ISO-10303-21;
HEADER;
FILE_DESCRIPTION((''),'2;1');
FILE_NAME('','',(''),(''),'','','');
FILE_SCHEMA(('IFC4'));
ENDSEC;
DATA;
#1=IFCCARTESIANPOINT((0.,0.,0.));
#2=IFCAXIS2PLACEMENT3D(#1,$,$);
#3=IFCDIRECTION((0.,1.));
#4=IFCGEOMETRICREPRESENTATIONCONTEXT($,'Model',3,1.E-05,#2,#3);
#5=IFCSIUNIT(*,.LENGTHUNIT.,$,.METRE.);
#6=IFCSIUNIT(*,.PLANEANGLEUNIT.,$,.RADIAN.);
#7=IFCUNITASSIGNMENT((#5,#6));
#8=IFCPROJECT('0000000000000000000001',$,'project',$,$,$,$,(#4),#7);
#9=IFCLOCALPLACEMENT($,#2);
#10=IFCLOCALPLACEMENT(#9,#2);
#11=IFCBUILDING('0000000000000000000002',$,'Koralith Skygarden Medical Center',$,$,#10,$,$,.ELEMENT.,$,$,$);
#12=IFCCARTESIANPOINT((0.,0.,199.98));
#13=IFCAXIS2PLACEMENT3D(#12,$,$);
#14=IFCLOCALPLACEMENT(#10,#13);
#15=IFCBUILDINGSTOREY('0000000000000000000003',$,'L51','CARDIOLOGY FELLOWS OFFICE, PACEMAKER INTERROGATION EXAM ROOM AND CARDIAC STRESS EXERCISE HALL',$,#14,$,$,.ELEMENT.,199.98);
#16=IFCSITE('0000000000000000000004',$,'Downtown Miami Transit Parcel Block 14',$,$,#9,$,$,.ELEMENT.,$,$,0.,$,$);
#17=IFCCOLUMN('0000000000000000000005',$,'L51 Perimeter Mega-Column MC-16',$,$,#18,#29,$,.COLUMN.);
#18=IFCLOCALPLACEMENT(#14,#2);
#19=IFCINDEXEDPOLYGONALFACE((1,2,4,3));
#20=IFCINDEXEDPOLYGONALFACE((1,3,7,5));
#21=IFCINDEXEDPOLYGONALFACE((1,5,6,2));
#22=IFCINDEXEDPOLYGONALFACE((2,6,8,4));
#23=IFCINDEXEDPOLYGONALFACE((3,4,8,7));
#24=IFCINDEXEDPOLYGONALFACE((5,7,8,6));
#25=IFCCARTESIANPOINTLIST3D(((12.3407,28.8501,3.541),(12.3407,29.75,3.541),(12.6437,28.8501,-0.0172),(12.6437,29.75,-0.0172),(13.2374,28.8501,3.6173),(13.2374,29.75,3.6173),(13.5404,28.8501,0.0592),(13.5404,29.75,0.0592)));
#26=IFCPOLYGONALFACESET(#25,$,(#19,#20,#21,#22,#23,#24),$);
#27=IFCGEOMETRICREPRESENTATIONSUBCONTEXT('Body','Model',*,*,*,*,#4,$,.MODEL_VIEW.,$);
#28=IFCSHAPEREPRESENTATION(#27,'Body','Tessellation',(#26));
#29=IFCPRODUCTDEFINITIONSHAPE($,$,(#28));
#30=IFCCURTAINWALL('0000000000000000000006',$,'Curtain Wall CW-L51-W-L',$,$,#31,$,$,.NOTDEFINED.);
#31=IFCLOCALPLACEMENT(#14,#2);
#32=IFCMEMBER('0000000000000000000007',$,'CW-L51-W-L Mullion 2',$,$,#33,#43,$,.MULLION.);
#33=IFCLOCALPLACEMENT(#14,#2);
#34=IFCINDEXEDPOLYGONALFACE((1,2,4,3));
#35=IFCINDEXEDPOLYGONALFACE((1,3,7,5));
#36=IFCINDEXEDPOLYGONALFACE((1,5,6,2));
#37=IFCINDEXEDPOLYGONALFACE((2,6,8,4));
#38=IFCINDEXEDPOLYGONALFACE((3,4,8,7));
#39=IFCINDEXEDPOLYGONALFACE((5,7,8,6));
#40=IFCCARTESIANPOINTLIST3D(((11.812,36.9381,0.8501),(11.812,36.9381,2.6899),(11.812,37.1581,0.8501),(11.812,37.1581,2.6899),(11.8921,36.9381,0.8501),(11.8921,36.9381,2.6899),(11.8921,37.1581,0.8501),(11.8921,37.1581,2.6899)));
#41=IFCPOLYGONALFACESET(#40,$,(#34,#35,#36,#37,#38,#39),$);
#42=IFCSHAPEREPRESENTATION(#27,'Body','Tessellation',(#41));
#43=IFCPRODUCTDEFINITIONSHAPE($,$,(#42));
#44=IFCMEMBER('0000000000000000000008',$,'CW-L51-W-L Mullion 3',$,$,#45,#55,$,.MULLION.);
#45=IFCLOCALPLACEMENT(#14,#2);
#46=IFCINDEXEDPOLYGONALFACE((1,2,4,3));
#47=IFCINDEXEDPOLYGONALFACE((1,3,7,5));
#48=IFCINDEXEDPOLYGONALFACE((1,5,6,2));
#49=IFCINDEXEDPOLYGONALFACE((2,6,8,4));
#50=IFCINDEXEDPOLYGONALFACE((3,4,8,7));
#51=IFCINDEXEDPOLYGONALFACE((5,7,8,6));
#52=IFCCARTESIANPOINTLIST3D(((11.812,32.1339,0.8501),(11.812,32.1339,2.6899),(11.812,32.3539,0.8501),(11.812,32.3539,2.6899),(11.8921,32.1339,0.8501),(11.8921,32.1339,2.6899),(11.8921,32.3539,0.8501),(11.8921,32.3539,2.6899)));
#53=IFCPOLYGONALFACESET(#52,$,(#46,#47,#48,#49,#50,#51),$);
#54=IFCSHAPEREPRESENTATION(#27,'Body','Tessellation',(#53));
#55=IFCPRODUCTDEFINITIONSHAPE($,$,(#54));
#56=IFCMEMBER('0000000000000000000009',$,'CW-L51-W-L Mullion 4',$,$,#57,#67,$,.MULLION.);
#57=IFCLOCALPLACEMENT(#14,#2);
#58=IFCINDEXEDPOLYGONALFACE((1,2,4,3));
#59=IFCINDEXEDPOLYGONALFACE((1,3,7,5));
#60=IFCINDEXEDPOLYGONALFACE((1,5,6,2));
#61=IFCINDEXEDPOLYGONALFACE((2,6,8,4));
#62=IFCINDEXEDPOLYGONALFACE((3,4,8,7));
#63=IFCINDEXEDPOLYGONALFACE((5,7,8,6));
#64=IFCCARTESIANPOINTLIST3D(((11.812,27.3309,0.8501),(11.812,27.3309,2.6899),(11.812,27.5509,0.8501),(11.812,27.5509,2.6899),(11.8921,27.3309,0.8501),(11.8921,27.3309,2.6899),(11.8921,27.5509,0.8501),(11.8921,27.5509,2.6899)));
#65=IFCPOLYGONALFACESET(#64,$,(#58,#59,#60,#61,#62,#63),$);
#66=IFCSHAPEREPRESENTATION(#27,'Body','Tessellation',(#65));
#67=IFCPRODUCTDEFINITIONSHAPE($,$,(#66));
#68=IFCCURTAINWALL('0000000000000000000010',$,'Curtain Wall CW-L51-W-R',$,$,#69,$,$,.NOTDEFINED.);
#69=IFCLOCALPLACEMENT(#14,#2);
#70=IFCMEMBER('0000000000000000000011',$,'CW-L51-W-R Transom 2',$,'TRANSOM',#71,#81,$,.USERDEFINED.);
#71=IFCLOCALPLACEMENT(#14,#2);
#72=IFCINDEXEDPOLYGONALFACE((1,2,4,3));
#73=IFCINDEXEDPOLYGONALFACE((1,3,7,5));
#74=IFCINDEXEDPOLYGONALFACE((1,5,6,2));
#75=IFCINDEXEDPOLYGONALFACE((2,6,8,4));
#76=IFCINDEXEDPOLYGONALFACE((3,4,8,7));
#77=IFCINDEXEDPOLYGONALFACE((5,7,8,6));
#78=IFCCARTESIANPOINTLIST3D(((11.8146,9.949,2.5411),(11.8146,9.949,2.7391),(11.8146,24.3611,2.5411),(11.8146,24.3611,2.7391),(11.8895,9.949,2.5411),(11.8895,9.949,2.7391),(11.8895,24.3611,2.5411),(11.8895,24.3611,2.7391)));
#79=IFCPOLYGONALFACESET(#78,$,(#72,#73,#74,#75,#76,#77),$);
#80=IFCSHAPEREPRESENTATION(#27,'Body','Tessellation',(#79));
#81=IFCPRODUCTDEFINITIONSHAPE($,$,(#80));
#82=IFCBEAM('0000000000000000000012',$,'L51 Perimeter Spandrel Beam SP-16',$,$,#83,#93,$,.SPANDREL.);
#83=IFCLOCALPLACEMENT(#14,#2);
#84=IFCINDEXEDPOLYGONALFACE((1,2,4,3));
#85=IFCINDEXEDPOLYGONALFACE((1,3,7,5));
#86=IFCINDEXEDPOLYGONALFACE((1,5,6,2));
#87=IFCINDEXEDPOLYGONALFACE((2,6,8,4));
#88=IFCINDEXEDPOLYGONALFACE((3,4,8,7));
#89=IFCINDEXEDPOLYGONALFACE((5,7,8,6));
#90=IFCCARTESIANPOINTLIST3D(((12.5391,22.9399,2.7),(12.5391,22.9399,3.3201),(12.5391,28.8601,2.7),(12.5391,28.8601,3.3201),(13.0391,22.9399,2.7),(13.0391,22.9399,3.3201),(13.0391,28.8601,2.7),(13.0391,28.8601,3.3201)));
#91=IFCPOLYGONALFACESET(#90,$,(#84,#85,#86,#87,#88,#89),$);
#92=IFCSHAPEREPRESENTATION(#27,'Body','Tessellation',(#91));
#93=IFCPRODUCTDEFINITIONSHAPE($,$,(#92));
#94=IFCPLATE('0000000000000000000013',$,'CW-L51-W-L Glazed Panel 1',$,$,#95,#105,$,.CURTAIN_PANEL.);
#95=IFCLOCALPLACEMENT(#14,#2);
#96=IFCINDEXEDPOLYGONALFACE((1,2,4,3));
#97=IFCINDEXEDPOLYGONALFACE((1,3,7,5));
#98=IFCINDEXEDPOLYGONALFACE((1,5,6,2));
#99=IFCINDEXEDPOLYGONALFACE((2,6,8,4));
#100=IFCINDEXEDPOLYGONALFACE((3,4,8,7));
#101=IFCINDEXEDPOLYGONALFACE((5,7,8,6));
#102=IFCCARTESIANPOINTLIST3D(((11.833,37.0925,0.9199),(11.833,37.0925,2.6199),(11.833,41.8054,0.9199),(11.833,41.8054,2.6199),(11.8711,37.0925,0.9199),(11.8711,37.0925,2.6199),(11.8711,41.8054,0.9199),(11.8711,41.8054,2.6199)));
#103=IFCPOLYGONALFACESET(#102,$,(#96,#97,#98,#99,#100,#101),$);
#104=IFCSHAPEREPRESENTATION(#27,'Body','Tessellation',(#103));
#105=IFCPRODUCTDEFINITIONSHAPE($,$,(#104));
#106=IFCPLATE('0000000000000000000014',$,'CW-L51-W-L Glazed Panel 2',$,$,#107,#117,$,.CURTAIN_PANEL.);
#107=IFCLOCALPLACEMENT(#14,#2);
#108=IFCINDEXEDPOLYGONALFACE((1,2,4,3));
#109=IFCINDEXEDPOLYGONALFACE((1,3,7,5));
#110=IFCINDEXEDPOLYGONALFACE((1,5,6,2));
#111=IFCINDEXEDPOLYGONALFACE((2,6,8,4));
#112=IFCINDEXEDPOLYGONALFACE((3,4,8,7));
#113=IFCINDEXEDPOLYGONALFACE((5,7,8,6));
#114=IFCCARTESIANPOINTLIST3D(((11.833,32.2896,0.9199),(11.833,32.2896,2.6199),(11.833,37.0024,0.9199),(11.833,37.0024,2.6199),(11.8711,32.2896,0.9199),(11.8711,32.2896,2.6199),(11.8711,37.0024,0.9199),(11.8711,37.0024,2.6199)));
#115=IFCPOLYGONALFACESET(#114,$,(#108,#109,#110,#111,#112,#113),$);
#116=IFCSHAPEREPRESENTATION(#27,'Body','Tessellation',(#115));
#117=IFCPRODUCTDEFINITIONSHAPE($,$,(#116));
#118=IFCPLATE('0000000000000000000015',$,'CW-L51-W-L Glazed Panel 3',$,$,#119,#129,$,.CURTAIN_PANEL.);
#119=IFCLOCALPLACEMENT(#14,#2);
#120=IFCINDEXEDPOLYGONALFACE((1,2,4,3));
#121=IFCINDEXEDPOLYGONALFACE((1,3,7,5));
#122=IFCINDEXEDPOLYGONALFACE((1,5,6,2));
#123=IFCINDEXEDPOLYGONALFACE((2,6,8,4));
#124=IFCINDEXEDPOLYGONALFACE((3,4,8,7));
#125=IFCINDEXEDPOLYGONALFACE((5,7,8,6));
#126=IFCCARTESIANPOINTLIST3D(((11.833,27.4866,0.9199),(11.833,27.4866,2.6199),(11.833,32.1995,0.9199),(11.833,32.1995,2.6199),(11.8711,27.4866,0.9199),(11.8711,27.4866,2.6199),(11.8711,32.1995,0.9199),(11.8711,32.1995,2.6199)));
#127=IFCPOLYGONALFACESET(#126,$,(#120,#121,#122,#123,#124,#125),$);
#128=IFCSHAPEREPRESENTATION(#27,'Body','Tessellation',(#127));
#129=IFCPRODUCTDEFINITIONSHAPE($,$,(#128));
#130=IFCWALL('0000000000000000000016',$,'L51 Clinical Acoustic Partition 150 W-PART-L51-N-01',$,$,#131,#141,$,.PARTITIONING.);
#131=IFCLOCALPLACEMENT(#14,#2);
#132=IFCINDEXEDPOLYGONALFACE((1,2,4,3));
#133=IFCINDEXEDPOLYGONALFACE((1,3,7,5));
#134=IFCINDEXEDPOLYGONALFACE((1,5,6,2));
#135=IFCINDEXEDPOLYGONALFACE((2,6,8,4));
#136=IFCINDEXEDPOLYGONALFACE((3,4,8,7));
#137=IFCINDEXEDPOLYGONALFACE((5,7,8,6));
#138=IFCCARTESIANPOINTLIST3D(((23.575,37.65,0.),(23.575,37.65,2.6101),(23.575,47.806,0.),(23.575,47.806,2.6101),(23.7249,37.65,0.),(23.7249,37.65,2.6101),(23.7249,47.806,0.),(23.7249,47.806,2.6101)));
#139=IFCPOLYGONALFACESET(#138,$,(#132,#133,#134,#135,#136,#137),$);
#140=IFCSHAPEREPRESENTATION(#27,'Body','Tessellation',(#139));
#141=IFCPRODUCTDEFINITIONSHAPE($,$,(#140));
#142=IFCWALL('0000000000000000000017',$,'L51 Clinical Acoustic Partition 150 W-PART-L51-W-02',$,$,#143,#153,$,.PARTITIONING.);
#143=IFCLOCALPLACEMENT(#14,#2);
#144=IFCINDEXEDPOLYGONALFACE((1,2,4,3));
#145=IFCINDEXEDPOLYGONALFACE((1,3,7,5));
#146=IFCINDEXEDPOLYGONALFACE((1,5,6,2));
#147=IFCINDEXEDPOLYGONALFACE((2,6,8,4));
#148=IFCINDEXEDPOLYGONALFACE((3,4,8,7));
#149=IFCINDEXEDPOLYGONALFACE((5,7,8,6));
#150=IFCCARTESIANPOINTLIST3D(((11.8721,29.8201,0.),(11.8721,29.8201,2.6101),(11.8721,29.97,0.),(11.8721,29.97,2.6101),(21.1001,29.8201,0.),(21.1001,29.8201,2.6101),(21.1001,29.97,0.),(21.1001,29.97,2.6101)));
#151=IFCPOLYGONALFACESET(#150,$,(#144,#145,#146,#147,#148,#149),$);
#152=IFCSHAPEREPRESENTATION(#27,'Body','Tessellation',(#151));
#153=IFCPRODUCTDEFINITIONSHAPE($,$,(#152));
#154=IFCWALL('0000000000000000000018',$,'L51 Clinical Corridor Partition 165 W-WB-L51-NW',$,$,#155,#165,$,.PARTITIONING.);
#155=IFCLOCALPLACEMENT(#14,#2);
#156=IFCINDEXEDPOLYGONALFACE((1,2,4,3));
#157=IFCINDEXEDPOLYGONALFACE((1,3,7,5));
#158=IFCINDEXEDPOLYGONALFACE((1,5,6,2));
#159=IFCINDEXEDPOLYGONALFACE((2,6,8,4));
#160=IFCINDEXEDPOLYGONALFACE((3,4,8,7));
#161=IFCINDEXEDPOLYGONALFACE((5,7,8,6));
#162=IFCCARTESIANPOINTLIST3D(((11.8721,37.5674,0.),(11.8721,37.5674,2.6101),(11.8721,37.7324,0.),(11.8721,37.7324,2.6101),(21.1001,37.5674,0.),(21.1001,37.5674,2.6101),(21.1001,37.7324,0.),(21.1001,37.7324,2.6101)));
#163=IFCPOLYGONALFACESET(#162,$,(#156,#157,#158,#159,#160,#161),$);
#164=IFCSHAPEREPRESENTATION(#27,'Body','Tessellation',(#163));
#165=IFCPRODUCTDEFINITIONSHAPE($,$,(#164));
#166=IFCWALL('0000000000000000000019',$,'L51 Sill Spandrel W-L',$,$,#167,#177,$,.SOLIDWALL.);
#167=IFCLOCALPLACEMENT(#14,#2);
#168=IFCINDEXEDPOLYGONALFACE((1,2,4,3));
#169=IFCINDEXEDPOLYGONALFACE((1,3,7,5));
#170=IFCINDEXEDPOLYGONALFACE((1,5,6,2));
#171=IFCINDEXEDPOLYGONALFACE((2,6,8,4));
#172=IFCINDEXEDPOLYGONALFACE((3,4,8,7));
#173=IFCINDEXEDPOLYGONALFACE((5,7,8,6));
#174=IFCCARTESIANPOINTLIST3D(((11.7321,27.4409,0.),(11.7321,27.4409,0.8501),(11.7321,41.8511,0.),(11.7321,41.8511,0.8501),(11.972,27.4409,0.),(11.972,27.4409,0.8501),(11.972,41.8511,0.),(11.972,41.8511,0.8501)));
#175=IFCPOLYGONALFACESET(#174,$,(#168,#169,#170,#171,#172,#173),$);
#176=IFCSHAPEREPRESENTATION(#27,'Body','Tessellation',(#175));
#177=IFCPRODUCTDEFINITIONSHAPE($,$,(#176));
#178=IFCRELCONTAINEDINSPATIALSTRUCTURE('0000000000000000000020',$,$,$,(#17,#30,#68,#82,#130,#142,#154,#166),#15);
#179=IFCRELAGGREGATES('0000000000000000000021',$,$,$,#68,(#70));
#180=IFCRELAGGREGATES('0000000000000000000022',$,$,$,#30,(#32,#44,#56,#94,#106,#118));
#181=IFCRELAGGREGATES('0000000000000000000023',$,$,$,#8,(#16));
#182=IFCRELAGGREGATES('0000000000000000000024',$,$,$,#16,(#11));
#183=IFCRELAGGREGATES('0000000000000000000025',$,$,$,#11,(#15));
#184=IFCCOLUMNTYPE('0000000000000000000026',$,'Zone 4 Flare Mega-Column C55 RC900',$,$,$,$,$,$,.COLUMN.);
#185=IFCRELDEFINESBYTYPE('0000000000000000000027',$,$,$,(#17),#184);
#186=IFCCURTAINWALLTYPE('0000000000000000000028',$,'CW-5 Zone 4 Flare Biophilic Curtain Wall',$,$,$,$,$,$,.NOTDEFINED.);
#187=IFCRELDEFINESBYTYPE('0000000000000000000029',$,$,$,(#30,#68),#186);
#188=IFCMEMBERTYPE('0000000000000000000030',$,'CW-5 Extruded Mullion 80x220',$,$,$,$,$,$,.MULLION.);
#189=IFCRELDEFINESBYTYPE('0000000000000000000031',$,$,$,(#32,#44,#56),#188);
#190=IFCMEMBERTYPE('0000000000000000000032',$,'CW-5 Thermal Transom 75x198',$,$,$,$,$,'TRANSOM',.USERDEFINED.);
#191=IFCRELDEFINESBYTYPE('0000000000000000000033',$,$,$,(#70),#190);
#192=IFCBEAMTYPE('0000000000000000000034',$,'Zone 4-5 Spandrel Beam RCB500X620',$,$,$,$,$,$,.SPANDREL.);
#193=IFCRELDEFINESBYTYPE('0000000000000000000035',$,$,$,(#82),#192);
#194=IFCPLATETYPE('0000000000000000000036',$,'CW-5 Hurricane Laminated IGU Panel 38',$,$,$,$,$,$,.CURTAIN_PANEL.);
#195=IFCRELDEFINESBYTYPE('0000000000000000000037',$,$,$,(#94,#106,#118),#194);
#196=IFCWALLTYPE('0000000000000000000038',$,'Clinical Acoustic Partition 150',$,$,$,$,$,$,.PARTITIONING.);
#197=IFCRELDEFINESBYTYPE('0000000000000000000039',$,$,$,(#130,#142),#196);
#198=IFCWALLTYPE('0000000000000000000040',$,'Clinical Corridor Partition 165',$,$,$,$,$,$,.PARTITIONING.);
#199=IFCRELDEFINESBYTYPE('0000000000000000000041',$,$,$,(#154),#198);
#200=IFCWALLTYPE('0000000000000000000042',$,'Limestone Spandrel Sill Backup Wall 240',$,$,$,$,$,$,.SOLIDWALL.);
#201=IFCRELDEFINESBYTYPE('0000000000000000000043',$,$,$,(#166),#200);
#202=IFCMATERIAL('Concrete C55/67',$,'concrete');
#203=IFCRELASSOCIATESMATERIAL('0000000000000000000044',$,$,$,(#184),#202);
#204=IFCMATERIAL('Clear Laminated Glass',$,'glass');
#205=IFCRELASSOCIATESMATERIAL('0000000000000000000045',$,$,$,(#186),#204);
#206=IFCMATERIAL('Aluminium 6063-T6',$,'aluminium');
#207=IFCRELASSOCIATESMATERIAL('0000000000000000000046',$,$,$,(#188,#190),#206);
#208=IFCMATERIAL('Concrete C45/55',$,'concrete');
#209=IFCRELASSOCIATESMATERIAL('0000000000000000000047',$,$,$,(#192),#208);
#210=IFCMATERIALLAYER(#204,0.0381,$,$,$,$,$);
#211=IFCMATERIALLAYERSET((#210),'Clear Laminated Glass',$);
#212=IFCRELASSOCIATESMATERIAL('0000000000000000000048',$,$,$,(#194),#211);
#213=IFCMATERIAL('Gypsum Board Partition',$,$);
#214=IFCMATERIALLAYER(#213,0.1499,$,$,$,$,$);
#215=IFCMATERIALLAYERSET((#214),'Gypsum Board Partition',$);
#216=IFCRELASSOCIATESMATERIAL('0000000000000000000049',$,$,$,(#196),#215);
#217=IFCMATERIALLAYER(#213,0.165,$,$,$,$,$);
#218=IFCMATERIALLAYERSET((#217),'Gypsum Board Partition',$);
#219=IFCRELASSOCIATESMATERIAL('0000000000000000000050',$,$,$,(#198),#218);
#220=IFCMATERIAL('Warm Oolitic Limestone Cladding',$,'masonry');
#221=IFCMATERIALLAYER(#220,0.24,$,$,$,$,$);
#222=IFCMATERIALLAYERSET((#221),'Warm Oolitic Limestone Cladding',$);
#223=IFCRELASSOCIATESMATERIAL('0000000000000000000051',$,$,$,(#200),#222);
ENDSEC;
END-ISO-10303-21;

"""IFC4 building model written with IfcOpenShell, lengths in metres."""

from ifc_helpers import new_model, si_unit, direction, frame, frame_2d, origin, origin_2d, place, context, subcontext, project, spatial, rectangle, extrude, material, layer, layer_set, material_profile, profile_set, type_object, element, aggregate, save


model = new_model("IFC4")

# Units and contexts
model_context = context("Model", 3, precision=1e-05, world=origin(), true_north=direction((0.0, 1.0)))
body_context = subcontext(model_context, "Body", "Model", "MODEL_VIEW")
ifc_project = project(units=[si_unit("LENGTHUNIT", "METRE"), si_unit("PLANEANGLEUNIT", "RADIAN")], contexts=[model_context])

# Site, building, storey
site_placement = place(None, origin())
site = spatial("IfcSite", under=ifc_project, at=site_placement, Name="Downtown Miami Transit Parcel Block 14", CompositionType="ELEMENT", RefElevation=0.0)
building_placement = place(site_placement, origin())
building = spatial("IfcBuilding", under=site, at=building_placement, Name="Koralith Skygarden Medical Center", CompositionType="ELEMENT")
storey_placement = place(building_placement, frame((0.0, 0.0, 199.98)))
storey = spatial("IfcBuildingStorey", under=building, at=storey_placement, Name="L51", Description="CARDIOLOGY FELLOWS OFFICE, PACEMAKER INTERROGATION EXAM ROOM AND CARDIAC STRESS EXERCISE HALL", CompositionType="ELEMENT", Elevation=199.98)

# Column
ifc_material_1 = material(Name="Concrete C55/67", Category="concrete")
ifc_material_profile_1 = material_profile(ifc_material_1, rectangle(XDim=0.8999, YDim=0.8999, at=origin_2d()), Name="RC900X900")
ifc_profile_set_1 = profile_set([ifc_material_profile_1], Name="Concrete C55/67")
column_type = type_object("IfcColumnType", Name="Zone 4 Flare Mega-Column C55 RC900", PredefinedType="COLUMN", material=ifc_profile_set_1)
column_placement = place(storey_placement, frame((13.092, 29.3, 0.021), z_axis=(-0.084845, 0.0, 0.996394), x_axis=(0.0, -1.0, 0.0)))
element("IfcColumn", 1, at=column_placement, inside=storey, type_object=column_type, Name="L51 Perimeter Mega-Column MC-16", PredefinedType="COLUMN", context=body_context, shape_type="SweptSolid", body=[
    extrude(rectangle(XDim=0.8999, YDim=0.8999, at=origin_2d()), origin(), (0.0, 0.0, 1.0), 3.571),
])

# Curtain wall, members
ifc_material_2 = material(Name="Clear Laminated Glass", Category="glass")
curtain_wall_type = type_object("IfcCurtainWallType", Name="CW-5 Zone 4 Flare Biophilic Curtain Wall", PredefinedType="NOTDEFINED", material=ifc_material_2)
curtain_wall_1_placement = place(storey_placement, origin())
curtain_wall_1 = element("IfcCurtainWall", 2, at=curtain_wall_1_placement, inside=storey, type_object=curtain_wall_type, Name="Curtain Wall CW-L51-W-L", PredefinedType="NOTDEFINED")
ifc_material_3 = material(Name="Aluminium 6063-T6", Category="aluminium")
ifc_material_profile_2 = material_profile(ifc_material_3, rectangle(XDim=0.0801, YDim=0.22, at=origin_2d()), Name="MUL80X220")
ifc_profile_set_2 = profile_set([ifc_material_profile_2], Name="Aluminium 6063-T6")
member_type_1 = type_object("IfcMemberType", Name="CW-5 Extruded Mullion 80x220", PredefinedType="MULLION", material=ifc_profile_set_2)
member_1_placement = place(storey_placement, frame((11.8521, 37.0481, 0.8501), z_axis=(0.0, 0.0, 1.0), x_axis=(1.0, 0.0, 0.0)))
member_1 = element("IfcMember", 3, at=member_1_placement, type_object=member_type_1, Name="CW-L51-W-L Mullion 2", PredefinedType="MULLION", context=body_context, shape_type="SweptSolid", body=[
    extrude(rectangle(XDim=0.0801, YDim=0.22, at=origin_2d()), origin(), (0.0, 0.0, 1.0), 1.8398),
])
member_2_placement = place(storey_placement, frame((11.8521, 32.2439, 0.8501), z_axis=(0.0, 0.0, 1.0), x_axis=(1.0, 0.0, 0.0)))
member_2 = element("IfcMember", 4, at=member_2_placement, type_object=member_type_1, Name="CW-L51-W-L Mullion 3", PredefinedType="MULLION", context=body_context, shape_type="SweptSolid", body=[
    extrude(rectangle(XDim=0.0801, YDim=0.22, at=origin_2d()), origin(), (0.0, 0.0, 1.0), 1.8398),
])
member_3_placement = place(storey_placement, frame((11.8521, 27.4409, 0.8501), z_axis=(0.0, 0.0, 1.0), x_axis=(1.0, 0.0, 0.0)))
member_3 = element("IfcMember", 5, at=member_3_placement, type_object=member_type_1, Name="CW-L51-W-L Mullion 4", PredefinedType="MULLION", context=body_context, shape_type="SweptSolid", body=[
    extrude(rectangle(XDim=0.0801, YDim=0.22, at=origin_2d()), origin(), (0.0, 0.0, 1.0), 1.8398),
])

# Curtain wall, member
curtain_wall_2_placement = place(storey_placement, origin())
curtain_wall_2 = element("IfcCurtainWall", 6, at=curtain_wall_2_placement, inside=storey, type_object=curtain_wall_type, Name="Curtain Wall CW-L51-W-R", PredefinedType="NOTDEFINED")
ifc_material_profile_3 = material_profile(ifc_material_3, rectangle(XDim=0.075, YDim=0.198, at=origin_2d()), Name="TRN75X198")
ifc_profile_set_3 = profile_set([ifc_material_profile_3], Name="Aluminium 6063-T6")
member_type_2 = type_object("IfcMemberType", Name="CW-5 Thermal Transom 75x198", ElementType="TRANSOM", PredefinedType="USERDEFINED", material=ifc_profile_set_3)
member_4_placement = place(storey_placement, frame((11.8521, 24.3611, 2.6401), z_axis=(0.0, -1.0, 0.0), x_axis=(1.0, 0.0, 0.0)))
member_4 = element("IfcMember", 7, at=member_4_placement, type_object=member_type_2, Name="CW-L51-W-R Transom 2", ObjectType="TRANSOM", PredefinedType="USERDEFINED", context=body_context, shape_type="SweptSolid", body=[
    extrude(rectangle(XDim=0.075, YDim=0.198, at=origin_2d()), origin(), (0.0, 0.0, 1.0), 14.4121),
])
aggregate(curtain_wall_2, [member_4])

# Beam
ifc_material_4 = material(Name="Concrete C45/55", Category="concrete")
ifc_material_profile_4 = material_profile(ifc_material_4, rectangle(XDim=0.5, YDim=0.6201, at=origin_2d()), Name="RCB500X620")
ifc_profile_set_4 = profile_set([ifc_material_profile_4], Name="Concrete C45/55")
beam_type = type_object("IfcBeamType", Name="Zone 4-5 Spandrel Beam RCB500X620", PredefinedType="SPANDREL", material=ifc_profile_set_4)
beam_placement = place(storey_placement, frame((12.7891, 28.8601, 3.01), z_axis=(0.0, -1.0, 0.0), x_axis=(1.0, 0.0, 0.0)))
element("IfcBeam", 8, at=beam_placement, inside=storey, type_object=beam_type, Name="L51 Perimeter Spandrel Beam SP-16", PredefinedType="SPANDREL", context=body_context, shape_type="SweptSolid", body=[
    extrude(rectangle(XDim=0.5, YDim=0.6201, at=origin_2d()), origin(), (0.0, 0.0, 1.0), 5.9202),
])

# Plates
ifc_layer_1 = layer(ifc_material_2, 0.0381)
ifc_layer_set_1 = layer_set([ifc_layer_1], Name="Clear Laminated Glass")
plate_type = type_object("IfcPlateType", Name="CW-5 Hurricane Laminated IGU Panel 38", PredefinedType="CURTAIN_PANEL", material=ifc_layer_set_1)
plate_1_placement = place(storey_placement, frame((11.8521, 39.449, 0.9199), z_axis=(0.0, 0.0, 1.0), x_axis=(0.0, -1.0, 0.0)))
plate_1 = element("IfcPlate", 9, at=plate_1_placement, type_object=plate_type, Name="CW-L51-W-L Glazed Panel 1", PredefinedType="CURTAIN_PANEL", context=body_context, shape_type="SweptSolid", body=[
    extrude(rectangle(XDim=4.7129, YDim=0.0381, at=origin_2d()), origin(), (0.0, 0.0, 1.0), 1.7),
])
plate_2_placement = place(storey_placement, frame((11.8521, 34.646, 0.9199), z_axis=(0.0, 0.0, 1.0), x_axis=(0.0, -1.0, 0.0)))
plate_2 = element("IfcPlate", 10, at=plate_2_placement, type_object=plate_type, Name="CW-L51-W-L Glazed Panel 2", PredefinedType="CURTAIN_PANEL", context=body_context, shape_type="SweptSolid", body=[
    extrude(rectangle(XDim=4.7129, YDim=0.0381, at=origin_2d()), origin(), (0.0, 0.0, 1.0), 1.7),
])
plate_3_placement = place(storey_placement, frame((11.8521, 29.843, 0.9199), z_axis=(0.0, 0.0, 1.0), x_axis=(0.0, -1.0, 0.0)))
plate_3 = element("IfcPlate", 11, at=plate_3_placement, type_object=plate_type, Name="CW-L51-W-L Glazed Panel 3", PredefinedType="CURTAIN_PANEL", context=body_context, shape_type="SweptSolid", body=[
    extrude(rectangle(XDim=4.7129, YDim=0.0381, at=origin_2d()), origin(), (0.0, 0.0, 1.0), 1.7),
])
aggregate(curtain_wall_1, [member_1, member_2, member_3, plate_1, plate_2, plate_3])

# Walls
ifc_material_5 = material(Name="Gypsum Board Partition")
ifc_layer_2 = layer(ifc_material_5, 0.1499)
ifc_layer_set_2 = layer_set([ifc_layer_2], Name="Gypsum Board Partition")
wall_type_1 = type_object("IfcWallType", Name="Clinical Acoustic Partition 150", PredefinedType="PARTITIONING", material=ifc_layer_set_2)
wall_1_placement = place(storey_placement, frame((23.6499, 37.6499, 0.0), z_axis=(0.0, 0.0, 1.0), x_axis=(0.0, 1.0, 0.0)))
element("IfcWall", 12, at=wall_1_placement, inside=storey, type_object=wall_type_1, Name="L51 Clinical Acoustic Partition 150 W-PART-L51-N-01", PredefinedType="PARTITIONING", context=body_context, shape_type="SweptSolid", body=[
    extrude(rectangle(XDim=10.156, YDim=0.1499, at=frame_2d((5.0781, 0.0))), origin(), (0.0, 0.0, 1.0), 2.6101),
])
wall_2_placement = place(storey_placement, frame((21.1001, 29.895, 0.0), z_axis=(0.0, 0.0, 1.0), x_axis=(-1.0, 0.0, 0.0)))
element("IfcWall", 13, at=wall_2_placement, inside=storey, type_object=wall_type_1, Name="L51 Clinical Acoustic Partition 150 W-PART-L51-W-02", PredefinedType="PARTITIONING", context=body_context, shape_type="SweptSolid", body=[
    extrude(rectangle(XDim=9.228, YDim=0.1499, at=frame_2d((4.614, 0.0))), origin(), (0.0, 0.0, 1.0), 2.6101),
])
ifc_layer_3 = layer(ifc_material_5, 0.165)
ifc_layer_set_3 = layer_set([ifc_layer_3], Name="Gypsum Board Partition")
wall_type_2 = type_object("IfcWallType", Name="Clinical Corridor Partition 165", PredefinedType="PARTITIONING", material=ifc_layer_set_3)
wall_3_placement = place(storey_placement, frame((11.8721, 37.6499, 0.0), z_axis=(0.0, 0.0, 1.0), x_axis=(1.0, 0.0, 0.0)))
element("IfcWall", 14, at=wall_3_placement, inside=storey, type_object=wall_type_2, Name="L51 Clinical Corridor Partition 165 W-WB-L51-NW", PredefinedType="PARTITIONING", context=body_context, shape_type="SweptSolid", body=[
    extrude(rectangle(XDim=9.228, YDim=0.165, at=frame_2d((4.614, 0.0))), origin(), (0.0, 0.0, 1.0), 2.6101),
])

# Wall
ifc_material_6 = material(Name="Warm Oolitic Limestone Cladding", Category="masonry")
ifc_layer_4 = layer(ifc_material_6, 0.24)
ifc_layer_set_4 = layer_set([ifc_layer_4], Name="Warm Oolitic Limestone Cladding")
wall_type_3 = type_object("IfcWallType", Name="Limestone Spandrel Sill Backup Wall 240", PredefinedType="SOLIDWALL", material=ifc_layer_set_4)
wall_4_placement = place(storey_placement, frame((11.8521, 41.8511, 0.0), z_axis=(0.0, 0.0, 1.0), x_axis=(0.0, -1.0, 0.0)))
element("IfcWall", 15, at=wall_4_placement, inside=storey, type_object=wall_type_3, Name="L51 Sill Spandrel W-L", PredefinedType="SOLIDWALL", context=body_context, shape_type="SweptSolid", body=[
    extrude(rectangle(XDim=14.4102, YDim=0.24, at=frame_2d((7.2051, 0.0))), origin(), (0.0, 0.0, 1.0), 0.8501),
])

save(model, "model.ifc")
